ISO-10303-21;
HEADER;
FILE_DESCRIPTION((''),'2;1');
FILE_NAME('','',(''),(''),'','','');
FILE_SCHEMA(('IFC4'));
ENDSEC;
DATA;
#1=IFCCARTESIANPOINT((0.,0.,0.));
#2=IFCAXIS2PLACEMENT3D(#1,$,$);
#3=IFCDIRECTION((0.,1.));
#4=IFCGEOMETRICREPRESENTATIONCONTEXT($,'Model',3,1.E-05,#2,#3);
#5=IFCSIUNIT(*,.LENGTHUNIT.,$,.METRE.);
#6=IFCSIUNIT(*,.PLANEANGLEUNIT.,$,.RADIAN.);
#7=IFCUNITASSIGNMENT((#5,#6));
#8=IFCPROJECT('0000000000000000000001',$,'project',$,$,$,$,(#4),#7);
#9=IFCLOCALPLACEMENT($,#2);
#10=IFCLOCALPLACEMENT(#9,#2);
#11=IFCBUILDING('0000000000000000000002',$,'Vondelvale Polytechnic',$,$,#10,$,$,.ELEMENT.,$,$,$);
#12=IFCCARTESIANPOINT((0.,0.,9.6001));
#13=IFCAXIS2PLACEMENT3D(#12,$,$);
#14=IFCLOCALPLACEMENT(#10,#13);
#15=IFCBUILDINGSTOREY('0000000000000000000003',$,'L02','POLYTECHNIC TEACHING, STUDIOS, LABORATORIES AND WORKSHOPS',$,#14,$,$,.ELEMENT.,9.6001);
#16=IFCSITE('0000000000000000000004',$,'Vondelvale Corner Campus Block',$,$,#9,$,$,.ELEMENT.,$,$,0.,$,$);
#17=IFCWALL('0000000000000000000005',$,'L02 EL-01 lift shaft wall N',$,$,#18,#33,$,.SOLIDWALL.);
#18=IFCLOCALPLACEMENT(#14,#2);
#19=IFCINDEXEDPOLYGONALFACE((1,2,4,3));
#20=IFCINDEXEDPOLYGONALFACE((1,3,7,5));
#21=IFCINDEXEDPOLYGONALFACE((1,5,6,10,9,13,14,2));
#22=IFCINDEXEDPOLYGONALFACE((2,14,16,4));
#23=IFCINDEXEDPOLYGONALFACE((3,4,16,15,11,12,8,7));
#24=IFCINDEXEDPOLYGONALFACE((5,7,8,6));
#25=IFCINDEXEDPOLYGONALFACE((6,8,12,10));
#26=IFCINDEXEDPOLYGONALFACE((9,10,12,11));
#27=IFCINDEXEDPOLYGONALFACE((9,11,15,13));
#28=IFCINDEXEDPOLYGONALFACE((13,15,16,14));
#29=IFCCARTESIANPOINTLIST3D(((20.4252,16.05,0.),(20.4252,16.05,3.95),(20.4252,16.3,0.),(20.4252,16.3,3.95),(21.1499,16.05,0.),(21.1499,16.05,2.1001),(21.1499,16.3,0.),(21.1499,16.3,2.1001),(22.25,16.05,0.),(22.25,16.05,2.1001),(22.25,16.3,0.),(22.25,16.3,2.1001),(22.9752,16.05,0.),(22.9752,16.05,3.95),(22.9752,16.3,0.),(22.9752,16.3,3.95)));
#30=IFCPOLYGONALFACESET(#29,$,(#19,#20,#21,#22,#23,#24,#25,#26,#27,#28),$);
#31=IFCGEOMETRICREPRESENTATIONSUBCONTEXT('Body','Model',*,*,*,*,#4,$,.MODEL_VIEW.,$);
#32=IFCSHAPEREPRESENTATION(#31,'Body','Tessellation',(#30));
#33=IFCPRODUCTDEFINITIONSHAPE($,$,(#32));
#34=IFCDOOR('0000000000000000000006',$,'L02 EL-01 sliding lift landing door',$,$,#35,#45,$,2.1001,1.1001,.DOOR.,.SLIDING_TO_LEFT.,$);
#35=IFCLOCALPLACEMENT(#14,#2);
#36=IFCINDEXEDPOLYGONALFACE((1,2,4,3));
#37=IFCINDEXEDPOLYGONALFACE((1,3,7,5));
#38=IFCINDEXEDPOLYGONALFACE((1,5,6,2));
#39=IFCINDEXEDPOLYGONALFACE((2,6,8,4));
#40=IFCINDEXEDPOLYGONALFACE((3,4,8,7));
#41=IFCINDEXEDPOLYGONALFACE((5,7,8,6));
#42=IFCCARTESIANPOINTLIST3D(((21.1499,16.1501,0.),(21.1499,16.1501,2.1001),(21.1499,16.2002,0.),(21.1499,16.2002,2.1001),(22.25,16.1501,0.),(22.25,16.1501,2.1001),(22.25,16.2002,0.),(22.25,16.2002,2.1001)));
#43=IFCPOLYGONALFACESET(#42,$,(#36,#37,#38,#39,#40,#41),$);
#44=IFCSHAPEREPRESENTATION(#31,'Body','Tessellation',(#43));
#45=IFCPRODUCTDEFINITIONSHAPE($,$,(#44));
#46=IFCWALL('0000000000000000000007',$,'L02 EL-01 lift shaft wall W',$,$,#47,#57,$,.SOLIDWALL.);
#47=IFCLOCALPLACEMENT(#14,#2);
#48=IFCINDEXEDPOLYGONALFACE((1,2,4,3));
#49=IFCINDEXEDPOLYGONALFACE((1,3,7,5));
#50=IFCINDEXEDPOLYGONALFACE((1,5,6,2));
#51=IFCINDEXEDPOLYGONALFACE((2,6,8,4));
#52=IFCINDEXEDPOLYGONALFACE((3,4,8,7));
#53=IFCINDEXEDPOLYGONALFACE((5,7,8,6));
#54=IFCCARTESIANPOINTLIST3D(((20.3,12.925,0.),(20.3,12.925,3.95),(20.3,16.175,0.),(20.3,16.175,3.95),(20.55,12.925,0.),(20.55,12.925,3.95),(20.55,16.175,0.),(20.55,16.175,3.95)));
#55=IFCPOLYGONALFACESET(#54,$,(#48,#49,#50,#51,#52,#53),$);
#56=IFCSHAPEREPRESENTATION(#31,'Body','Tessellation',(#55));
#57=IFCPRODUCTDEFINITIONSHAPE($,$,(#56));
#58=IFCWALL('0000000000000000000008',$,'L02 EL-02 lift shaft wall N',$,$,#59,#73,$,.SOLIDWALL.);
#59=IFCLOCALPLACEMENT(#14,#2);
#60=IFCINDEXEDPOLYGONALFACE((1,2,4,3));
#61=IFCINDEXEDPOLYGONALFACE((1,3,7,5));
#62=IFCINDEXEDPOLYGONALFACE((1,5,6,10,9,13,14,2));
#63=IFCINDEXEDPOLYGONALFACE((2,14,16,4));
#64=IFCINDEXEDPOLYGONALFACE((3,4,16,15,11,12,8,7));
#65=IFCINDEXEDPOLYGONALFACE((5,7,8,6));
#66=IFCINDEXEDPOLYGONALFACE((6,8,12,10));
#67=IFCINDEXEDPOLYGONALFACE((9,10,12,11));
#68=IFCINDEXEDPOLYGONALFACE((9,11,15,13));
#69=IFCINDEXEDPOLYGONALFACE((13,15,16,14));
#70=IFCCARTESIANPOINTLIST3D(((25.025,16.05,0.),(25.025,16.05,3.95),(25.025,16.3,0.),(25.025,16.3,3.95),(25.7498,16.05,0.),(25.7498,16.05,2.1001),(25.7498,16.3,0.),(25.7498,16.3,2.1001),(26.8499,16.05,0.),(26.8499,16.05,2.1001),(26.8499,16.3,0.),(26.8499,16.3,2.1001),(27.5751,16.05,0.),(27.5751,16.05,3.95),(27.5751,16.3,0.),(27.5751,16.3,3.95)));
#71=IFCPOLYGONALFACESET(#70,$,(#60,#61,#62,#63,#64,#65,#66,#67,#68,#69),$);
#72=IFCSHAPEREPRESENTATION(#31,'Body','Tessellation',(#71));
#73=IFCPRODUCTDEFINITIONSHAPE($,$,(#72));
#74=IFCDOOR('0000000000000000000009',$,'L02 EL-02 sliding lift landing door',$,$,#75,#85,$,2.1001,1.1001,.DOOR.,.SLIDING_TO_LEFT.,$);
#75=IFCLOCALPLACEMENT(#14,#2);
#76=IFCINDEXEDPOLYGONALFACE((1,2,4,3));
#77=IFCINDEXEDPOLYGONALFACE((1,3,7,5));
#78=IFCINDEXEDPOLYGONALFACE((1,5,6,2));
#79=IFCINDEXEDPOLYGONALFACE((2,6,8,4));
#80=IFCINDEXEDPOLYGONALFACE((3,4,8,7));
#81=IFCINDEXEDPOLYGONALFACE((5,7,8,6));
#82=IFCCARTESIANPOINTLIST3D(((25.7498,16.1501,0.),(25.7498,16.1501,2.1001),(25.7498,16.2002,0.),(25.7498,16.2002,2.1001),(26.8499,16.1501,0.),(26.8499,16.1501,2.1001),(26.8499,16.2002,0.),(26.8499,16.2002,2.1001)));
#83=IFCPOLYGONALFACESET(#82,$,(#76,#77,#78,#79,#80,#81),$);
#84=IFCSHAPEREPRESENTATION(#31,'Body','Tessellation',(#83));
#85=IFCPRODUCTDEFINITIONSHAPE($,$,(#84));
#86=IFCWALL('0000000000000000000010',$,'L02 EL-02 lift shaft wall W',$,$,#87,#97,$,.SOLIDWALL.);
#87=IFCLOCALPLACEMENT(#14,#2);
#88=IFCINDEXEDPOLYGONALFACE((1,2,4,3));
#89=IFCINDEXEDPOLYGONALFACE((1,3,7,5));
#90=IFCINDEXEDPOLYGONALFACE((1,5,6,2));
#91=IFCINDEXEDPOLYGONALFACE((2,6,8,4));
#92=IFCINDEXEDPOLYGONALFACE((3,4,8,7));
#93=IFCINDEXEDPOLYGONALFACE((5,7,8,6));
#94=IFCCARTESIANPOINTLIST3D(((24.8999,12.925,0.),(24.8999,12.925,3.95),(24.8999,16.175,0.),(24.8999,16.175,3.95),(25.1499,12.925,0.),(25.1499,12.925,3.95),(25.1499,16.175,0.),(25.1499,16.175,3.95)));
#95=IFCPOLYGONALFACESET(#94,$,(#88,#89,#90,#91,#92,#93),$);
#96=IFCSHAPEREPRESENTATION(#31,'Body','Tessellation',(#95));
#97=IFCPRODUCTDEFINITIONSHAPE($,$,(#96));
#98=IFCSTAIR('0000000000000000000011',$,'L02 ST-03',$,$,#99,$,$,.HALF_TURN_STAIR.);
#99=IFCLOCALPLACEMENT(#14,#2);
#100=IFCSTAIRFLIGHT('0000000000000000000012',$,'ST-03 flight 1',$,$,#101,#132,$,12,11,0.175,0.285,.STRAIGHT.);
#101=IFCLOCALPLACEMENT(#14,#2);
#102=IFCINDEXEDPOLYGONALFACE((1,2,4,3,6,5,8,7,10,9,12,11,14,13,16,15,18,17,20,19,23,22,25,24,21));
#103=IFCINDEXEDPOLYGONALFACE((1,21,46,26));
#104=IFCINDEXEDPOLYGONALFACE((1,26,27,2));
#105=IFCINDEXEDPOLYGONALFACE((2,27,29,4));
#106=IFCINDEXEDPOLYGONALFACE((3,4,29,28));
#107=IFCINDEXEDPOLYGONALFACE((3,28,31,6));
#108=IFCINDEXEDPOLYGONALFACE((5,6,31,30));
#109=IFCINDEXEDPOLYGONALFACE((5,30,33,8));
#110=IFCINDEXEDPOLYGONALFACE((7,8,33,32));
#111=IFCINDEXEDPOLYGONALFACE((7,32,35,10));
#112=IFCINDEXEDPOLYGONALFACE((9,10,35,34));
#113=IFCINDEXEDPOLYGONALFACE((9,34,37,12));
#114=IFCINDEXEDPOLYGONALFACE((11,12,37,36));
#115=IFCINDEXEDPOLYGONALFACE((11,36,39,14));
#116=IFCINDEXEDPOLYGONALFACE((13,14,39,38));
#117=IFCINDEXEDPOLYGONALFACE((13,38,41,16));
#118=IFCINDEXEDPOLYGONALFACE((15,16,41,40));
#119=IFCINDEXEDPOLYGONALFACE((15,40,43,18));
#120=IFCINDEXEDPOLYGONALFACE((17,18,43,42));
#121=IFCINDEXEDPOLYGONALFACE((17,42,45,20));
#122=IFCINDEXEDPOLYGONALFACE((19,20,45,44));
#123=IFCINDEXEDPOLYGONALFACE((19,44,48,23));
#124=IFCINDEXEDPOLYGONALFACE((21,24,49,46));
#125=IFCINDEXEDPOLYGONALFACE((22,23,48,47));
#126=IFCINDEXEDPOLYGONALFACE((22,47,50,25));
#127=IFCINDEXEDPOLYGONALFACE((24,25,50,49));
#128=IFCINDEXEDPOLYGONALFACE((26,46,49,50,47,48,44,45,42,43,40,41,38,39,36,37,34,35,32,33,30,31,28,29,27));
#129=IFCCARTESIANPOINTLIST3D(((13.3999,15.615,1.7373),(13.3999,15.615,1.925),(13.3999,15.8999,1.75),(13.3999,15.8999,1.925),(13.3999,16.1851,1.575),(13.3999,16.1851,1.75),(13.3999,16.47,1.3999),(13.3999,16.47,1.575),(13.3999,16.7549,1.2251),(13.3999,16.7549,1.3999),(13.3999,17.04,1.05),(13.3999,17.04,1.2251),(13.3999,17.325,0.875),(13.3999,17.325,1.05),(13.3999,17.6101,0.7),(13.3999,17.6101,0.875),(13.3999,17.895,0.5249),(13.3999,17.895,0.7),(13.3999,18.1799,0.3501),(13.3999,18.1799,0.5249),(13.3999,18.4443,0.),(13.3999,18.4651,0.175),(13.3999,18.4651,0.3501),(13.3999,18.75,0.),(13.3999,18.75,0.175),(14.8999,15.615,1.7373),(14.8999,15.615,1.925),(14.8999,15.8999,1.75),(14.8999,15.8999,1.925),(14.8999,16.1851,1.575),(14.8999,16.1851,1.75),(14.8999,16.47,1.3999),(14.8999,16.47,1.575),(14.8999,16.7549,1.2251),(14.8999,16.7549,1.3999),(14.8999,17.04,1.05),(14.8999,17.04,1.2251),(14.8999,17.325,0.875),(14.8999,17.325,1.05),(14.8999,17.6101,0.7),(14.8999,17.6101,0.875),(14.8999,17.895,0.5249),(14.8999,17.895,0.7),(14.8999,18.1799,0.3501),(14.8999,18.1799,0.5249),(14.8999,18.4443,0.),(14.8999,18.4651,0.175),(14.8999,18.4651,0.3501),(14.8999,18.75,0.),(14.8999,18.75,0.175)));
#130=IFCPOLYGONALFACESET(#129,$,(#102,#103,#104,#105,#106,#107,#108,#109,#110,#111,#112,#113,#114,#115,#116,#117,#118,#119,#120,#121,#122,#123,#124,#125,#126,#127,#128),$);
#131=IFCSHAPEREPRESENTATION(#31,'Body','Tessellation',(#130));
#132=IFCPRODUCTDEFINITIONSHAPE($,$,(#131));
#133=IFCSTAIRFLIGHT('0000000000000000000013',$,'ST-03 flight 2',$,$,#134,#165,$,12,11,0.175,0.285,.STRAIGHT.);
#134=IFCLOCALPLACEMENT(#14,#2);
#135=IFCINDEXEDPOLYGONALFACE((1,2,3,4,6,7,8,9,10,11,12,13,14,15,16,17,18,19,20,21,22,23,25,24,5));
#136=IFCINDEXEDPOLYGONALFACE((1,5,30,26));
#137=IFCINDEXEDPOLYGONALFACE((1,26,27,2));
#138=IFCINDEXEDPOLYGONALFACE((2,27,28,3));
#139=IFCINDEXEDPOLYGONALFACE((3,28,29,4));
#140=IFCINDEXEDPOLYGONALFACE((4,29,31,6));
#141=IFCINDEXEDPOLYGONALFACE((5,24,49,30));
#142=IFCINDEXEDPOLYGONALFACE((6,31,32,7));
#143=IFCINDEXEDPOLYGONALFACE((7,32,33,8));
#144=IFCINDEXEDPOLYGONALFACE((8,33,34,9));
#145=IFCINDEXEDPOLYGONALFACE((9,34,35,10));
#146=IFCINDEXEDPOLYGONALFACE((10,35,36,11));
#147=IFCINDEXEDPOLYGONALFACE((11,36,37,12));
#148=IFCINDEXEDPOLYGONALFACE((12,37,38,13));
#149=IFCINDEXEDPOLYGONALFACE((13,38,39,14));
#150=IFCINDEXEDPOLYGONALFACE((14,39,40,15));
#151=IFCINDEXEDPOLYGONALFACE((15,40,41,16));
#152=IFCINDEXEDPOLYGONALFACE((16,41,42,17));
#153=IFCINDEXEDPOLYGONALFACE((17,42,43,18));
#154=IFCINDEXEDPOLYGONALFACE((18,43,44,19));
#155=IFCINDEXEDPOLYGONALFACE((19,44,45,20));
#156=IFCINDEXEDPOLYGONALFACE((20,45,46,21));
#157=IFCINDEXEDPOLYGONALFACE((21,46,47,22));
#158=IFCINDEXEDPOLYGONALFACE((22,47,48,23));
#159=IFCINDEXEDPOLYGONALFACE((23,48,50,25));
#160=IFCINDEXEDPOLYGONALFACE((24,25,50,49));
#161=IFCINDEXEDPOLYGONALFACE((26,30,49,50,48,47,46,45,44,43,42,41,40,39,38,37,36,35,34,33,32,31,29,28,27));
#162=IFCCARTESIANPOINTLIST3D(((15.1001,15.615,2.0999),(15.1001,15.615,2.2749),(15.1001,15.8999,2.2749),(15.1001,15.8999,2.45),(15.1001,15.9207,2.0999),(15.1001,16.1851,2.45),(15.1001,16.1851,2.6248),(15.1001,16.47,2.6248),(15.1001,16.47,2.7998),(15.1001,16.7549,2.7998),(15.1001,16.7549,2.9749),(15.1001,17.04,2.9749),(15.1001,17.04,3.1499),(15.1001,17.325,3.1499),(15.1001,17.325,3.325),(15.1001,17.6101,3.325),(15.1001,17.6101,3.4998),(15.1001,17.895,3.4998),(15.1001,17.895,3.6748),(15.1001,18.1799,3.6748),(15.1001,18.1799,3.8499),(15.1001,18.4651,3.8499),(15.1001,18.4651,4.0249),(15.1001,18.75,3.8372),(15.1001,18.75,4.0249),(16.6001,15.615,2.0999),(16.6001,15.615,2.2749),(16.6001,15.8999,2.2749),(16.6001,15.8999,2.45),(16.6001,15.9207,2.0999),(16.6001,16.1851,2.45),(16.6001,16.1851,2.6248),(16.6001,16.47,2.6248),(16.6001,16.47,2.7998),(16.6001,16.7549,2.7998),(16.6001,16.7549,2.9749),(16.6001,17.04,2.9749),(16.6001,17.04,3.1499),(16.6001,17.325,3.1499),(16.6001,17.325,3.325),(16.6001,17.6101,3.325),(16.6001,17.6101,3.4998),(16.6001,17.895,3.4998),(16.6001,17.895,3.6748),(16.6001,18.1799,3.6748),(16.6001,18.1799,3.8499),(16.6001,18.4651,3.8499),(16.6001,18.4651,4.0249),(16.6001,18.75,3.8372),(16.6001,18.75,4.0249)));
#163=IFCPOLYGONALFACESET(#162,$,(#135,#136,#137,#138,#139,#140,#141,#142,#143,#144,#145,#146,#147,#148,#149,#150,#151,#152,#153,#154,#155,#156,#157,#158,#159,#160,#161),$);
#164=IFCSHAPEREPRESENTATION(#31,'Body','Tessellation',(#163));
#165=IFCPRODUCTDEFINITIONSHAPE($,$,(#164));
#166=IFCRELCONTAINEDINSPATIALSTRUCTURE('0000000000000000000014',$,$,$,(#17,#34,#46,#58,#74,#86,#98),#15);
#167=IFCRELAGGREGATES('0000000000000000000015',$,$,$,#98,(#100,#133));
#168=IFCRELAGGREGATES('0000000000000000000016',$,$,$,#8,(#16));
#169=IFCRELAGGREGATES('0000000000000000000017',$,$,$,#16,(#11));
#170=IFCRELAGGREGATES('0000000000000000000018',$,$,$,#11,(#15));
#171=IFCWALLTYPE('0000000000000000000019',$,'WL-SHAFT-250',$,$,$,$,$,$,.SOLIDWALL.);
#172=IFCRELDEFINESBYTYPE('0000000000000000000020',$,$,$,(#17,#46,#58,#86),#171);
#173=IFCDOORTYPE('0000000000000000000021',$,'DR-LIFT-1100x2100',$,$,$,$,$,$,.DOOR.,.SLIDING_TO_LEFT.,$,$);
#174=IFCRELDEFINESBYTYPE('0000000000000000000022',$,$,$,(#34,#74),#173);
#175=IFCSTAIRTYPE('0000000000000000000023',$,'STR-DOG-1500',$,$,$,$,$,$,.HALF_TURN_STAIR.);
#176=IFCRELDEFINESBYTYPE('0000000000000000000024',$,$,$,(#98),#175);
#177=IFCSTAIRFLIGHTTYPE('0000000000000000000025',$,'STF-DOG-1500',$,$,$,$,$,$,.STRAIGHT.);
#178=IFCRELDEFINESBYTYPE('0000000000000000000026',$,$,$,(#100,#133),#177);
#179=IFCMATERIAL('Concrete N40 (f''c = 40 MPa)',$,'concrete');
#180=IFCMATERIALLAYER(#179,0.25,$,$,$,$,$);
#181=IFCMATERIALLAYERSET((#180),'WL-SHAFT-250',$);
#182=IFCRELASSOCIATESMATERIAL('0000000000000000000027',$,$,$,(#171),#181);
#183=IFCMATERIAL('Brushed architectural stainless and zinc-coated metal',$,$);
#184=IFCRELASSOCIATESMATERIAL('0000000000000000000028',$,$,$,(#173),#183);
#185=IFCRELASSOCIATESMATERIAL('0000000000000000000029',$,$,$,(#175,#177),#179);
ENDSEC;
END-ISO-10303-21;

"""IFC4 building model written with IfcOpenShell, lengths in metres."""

from ifc_helpers import new_model, si_unit, direction, frame, frame_2d, origin, place, context, subcontext, project, spatial, polyline, rectangle, outline, extrude, material, layer, layer_set, type_object, element, fill, aggregate, save


model = new_model("IFC4")

# Units and contexts
model_context = context("Model", 3, precision=1e-05, world=origin(), true_north=direction((0.0, 1.0)))
body_context = subcontext(model_context, "Body", "Model", "MODEL_VIEW")
ifc_project = project(units=[si_unit("LENGTHUNIT", "METRE"), si_unit("PLANEANGLEUNIT", "RADIAN")], contexts=[model_context])

# Site, building, storey
site_placement = place(None, origin())
site = spatial("IfcSite", under=ifc_project, at=site_placement, Name="Vondelvale Corner Campus Block", CompositionType="ELEMENT", RefElevation=0.0)
building_placement = place(site_placement, origin())
building = spatial("IfcBuilding", under=site, at=building_placement, Name="Vondelvale Polytechnic", CompositionType="ELEMENT")
storey_placement = place(building_placement, frame((0.0, 0.0, 9.6001)))
storey = spatial("IfcBuildingStorey", under=building, at=storey_placement, Name="L02", Description="POLYTECHNIC TEACHING, STUDIOS, LABORATORIES AND WORKSHOPS", CompositionType="ELEMENT", Elevation=9.6001)

# Shared definitions
ifc_material_1 = material(Name="Concrete N40 (f'c = 40 MPa)", Category="concrete")

# Shared definitions
ifc_material_2 = material(Name="Brushed architectural stainless and zinc-coated metal")

# Wall, opening, door
ifc_layer_1 = layer(ifc_material_1, 0.25)
ifc_layer_set_1 = layer_set([ifc_layer_1], Name="WL-SHAFT-250")
wall_type_1 = type_object("IfcWallType", Name="WL-SHAFT-250", PredefinedType="SOLIDWALL", material=ifc_layer_set_1)
wall_1_placement = place(storey_placement, frame((22.9751, 16.175, 0.0), z_axis=(0.0, 0.0, 1.0), x_axis=(-1.0, 0.0, 0.0)))
wall_1 = element("IfcWall", 1, at=wall_1_placement, inside=storey, type_object=wall_type_1, Name="L02 EL-01 lift shaft wall N", PredefinedType="SOLIDWALL", context=body_context, shape_type="SweptSolid", body=[
    extrude(rectangle(XDim=2.55, YDim=0.25, at=frame_2d((1.2749, 0.0))), origin(), (0.0, 0.0, 1.0), 3.95),
])
opening_1_placement = place(wall_1_placement, frame((0.7251, 0.0, 0.0)))
opening_1 = element("IfcOpeningElement", 2, at=opening_1_placement, cuts=wall_1, PredefinedType="OPENING", context=body_context, shape_type="SweptSolid", body=[
    extrude(rectangle(XDim=1.1001, YDim=2.1001, at=frame_2d((0.55, 1.05))), frame((0.0, 0.135, 0.0), z_axis=(0.0, -1.0, 0.0), x_axis=(1.0, 0.0, 0.0)), (0.0, 0.0, 1.0), 0.27),
])
door_type_1 = type_object("IfcDoorType", Name="DR-LIFT-1100x2100", OperationType="SLIDING_TO_LEFT", PredefinedType="DOOR", material=ifc_material_2)
door_1_placement = place(opening_1_placement, origin())
door_1 = element("IfcDoor", 3, at=door_1_placement, inside=storey, type_object=door_type_1, Name="L02 EL-01 sliding lift landing door", OperationType="SLIDING_TO_LEFT", OverallHeight=2.1001, OverallWidth=1.1001, PredefinedType="DOOR", context=body_context, shape_type="SweptSolid", body=[
    extrude(rectangle(XDim=1.1001, YDim=2.1001, at=frame_2d((0.55, 1.05))), frame((0.0, 0.0249, 0.0), z_axis=(0.0, -1.0, 0.0), x_axis=(1.0, 0.0, 0.0)), (0.0, 0.0, 1.0), 0.05),
])
fill(opening_1, door_1)

# Wall
wall_2_placement = place(storey_placement, frame((20.425, 16.175, 0.0), z_axis=(0.0, 0.0, 1.0), x_axis=(0.0, -1.0, 0.0)))
element("IfcWall", 4, at=wall_2_placement, inside=storey, type_object=wall_type_1, Name="L02 EL-01 lift shaft wall W", PredefinedType="SOLIDWALL", context=body_context, shape_type="SweptSolid", body=[
    extrude(rectangle(XDim=3.25, YDim=0.25, at=frame_2d((1.625, 0.0))), origin(), (0.0, 0.0, 1.0), 3.95),
])

# Wall, opening, door
wall_3_placement = place(storey_placement, frame((27.575, 16.175, 0.0), z_axis=(0.0, 0.0, 1.0), x_axis=(-1.0, 0.0, 0.0)))
wall_3 = element("IfcWall", 5, at=wall_3_placement, inside=storey, type_object=wall_type_1, Name="L02 EL-02 lift shaft wall N", PredefinedType="SOLIDWALL", context=body_context, shape_type="SweptSolid", body=[
    extrude(rectangle(XDim=2.55, YDim=0.25, at=frame_2d((1.2749, 0.0))), origin(), (0.0, 0.0, 1.0), 3.95),
])
opening_2_placement = place(wall_3_placement, frame((0.7251, 0.0, 0.0)))
opening_2 = element("IfcOpeningElement", 6, at=opening_2_placement, cuts=wall_3, PredefinedType="OPENING", context=body_context, shape_type="SweptSolid", body=[
    extrude(rectangle(XDim=1.1001, YDim=2.1001, at=frame_2d((0.55, 1.05))), frame((0.0, 0.135, 0.0), z_axis=(0.0, -1.0, 0.0), x_axis=(1.0, 0.0, 0.0)), (0.0, 0.0, 1.0), 0.27),
])
door_2_placement = place(opening_2_placement, origin())
door_2 = element("IfcDoor", 7, at=door_2_placement, inside=storey, type_object=door_type_1, Name="L02 EL-02 sliding lift landing door", OperationType="SLIDING_TO_LEFT", OverallHeight=2.1001, OverallWidth=1.1001, PredefinedType="DOOR", context=body_context, shape_type="SweptSolid", body=[
    extrude(rectangle(XDim=1.1001, YDim=2.1001, at=frame_2d((0.55, 1.05))), frame((0.0, 0.0249, 0.0), z_axis=(0.0, -1.0, 0.0), x_axis=(1.0, 0.0, 0.0)), (0.0, 0.0, 1.0), 0.05),
])
fill(opening_2, door_2)

# Wall
wall_4_placement = place(storey_placement, frame((25.0249, 16.175, 0.0), z_axis=(0.0, 0.0, 1.0), x_axis=(0.0, -1.0, 0.0)))
element("IfcWall", 8, at=wall_4_placement, inside=storey, type_object=wall_type_1, Name="L02 EL-02 lift shaft wall W", PredefinedType="SOLIDWALL", context=body_context, shape_type="SweptSolid", body=[
    extrude(rectangle(XDim=3.25, YDim=0.25, at=frame_2d((1.625, 0.0))), origin(), (0.0, 0.0, 1.0), 3.95),
])

# Stair, stair flights
stair_type = type_object("IfcStairType", Name="STR-DOG-1500", PredefinedType="HALF_TURN_STAIR", material=ifc_material_1)
stair_placement = place(storey_placement, origin())
stair = element("IfcStair", 9, at=stair_placement, inside=storey, type_object=stair_type, Name="L02 ST-03", PredefinedType="HALF_TURN_STAIR")
stair_flight_type = type_object("IfcStairFlightType", Name="STF-DOG-1500", PredefinedType="STRAIGHT", material=ifc_material_1)
stair_flight_1_placement = place(storey_placement, frame((14.1499, 18.75, 0.0), z_axis=(0.0, 0.0, 1.0), x_axis=(0.0, -1.0, 0.0)))
stair_flight_1 = element("IfcStairFlight", 10, at=stair_flight_1_placement, type_object=stair_flight_type, Name="ST-03 flight 1", NumberOfRisers=12, NumberOfTreads=11, PredefinedType="STRAIGHT", RiserHeight=0.175, TreadLength=0.285, context=body_context, shape_type="SweptSolid", body=[
    extrude(outline(polyline([(0.0, 0.0), (0.0, 0.175), (0.2849, 0.175), (0.2849, 0.3501), (0.5701, 0.3501), (0.5701, 0.5249), (0.855, 0.5249), (0.855, 0.7), (1.1399, 0.7), (1.1399, 0.875), (1.425, 0.875), (1.425, 1.05), (1.71, 1.05), (1.71, 1.2251), (1.9951, 1.2251), (1.9951, 1.3999), (2.28, 1.3999), (2.28, 1.575), (2.5649, 1.575), (2.5649, 1.75), (2.8501, 1.75), (2.8501, 1.925), (3.135, 1.925), (3.135, 2.1001), (3.135, 1.7373), (0.3057, 0.0), (0.0, 0.0)])), frame((0.0, 0.75, 0.0), z_axis=(0.0, -1.0, 0.0), x_axis=(1.0, 0.0, 0.0)), (0.0, 0.0, 1.0), 1.5),
])
stair_flight_2_placement = place(storey_placement, frame((15.8501, 15.615, 2.0999), z_axis=(0.0, 0.0, 1.0), x_axis=(0.0, 1.0, 0.0)))
stair_flight_2 = element("IfcStairFlight", 11, at=stair_flight_2_placement, type_object=stair_flight_type, Name="ST-03 flight 2", NumberOfRisers=12, NumberOfTreads=11, PredefinedType="STRAIGHT", RiserHeight=0.175, TreadLength=0.285, context=body_context, shape_type="SweptSolid", body=[
    extrude(outline(polyline([(0.0, 0.0), (0.0, 0.175), (0.2849, 0.175), (0.2849, 0.3501), (0.5701, 0.3501), (0.5701, 0.5249), (0.855, 0.5249), (0.855, 0.7), (1.1399, 0.7), (1.1399, 0.875), (1.425, 0.875), (1.425, 1.05), (1.71, 1.05), (1.71, 1.2251), (1.9951, 1.2251), (1.9951, 1.3999), (2.28, 1.3999), (2.28, 1.575), (2.5649, 1.575), (2.5649, 1.75), (2.8501, 1.75), (2.8501, 1.925), (3.135, 1.925), (3.135, 2.1001), (3.135, 1.7373), (0.3057, 0.0), (0.0, 0.0)])), frame((0.0, 0.75, 0.0), z_axis=(0.0, -1.0, 0.0), x_axis=(1.0, 0.0, 0.0)), (0.0, 0.0, 1.0), 1.5),
])
aggregate(stair, [stair_flight_1, stair_flight_2])

save(model, "model.ifc")
